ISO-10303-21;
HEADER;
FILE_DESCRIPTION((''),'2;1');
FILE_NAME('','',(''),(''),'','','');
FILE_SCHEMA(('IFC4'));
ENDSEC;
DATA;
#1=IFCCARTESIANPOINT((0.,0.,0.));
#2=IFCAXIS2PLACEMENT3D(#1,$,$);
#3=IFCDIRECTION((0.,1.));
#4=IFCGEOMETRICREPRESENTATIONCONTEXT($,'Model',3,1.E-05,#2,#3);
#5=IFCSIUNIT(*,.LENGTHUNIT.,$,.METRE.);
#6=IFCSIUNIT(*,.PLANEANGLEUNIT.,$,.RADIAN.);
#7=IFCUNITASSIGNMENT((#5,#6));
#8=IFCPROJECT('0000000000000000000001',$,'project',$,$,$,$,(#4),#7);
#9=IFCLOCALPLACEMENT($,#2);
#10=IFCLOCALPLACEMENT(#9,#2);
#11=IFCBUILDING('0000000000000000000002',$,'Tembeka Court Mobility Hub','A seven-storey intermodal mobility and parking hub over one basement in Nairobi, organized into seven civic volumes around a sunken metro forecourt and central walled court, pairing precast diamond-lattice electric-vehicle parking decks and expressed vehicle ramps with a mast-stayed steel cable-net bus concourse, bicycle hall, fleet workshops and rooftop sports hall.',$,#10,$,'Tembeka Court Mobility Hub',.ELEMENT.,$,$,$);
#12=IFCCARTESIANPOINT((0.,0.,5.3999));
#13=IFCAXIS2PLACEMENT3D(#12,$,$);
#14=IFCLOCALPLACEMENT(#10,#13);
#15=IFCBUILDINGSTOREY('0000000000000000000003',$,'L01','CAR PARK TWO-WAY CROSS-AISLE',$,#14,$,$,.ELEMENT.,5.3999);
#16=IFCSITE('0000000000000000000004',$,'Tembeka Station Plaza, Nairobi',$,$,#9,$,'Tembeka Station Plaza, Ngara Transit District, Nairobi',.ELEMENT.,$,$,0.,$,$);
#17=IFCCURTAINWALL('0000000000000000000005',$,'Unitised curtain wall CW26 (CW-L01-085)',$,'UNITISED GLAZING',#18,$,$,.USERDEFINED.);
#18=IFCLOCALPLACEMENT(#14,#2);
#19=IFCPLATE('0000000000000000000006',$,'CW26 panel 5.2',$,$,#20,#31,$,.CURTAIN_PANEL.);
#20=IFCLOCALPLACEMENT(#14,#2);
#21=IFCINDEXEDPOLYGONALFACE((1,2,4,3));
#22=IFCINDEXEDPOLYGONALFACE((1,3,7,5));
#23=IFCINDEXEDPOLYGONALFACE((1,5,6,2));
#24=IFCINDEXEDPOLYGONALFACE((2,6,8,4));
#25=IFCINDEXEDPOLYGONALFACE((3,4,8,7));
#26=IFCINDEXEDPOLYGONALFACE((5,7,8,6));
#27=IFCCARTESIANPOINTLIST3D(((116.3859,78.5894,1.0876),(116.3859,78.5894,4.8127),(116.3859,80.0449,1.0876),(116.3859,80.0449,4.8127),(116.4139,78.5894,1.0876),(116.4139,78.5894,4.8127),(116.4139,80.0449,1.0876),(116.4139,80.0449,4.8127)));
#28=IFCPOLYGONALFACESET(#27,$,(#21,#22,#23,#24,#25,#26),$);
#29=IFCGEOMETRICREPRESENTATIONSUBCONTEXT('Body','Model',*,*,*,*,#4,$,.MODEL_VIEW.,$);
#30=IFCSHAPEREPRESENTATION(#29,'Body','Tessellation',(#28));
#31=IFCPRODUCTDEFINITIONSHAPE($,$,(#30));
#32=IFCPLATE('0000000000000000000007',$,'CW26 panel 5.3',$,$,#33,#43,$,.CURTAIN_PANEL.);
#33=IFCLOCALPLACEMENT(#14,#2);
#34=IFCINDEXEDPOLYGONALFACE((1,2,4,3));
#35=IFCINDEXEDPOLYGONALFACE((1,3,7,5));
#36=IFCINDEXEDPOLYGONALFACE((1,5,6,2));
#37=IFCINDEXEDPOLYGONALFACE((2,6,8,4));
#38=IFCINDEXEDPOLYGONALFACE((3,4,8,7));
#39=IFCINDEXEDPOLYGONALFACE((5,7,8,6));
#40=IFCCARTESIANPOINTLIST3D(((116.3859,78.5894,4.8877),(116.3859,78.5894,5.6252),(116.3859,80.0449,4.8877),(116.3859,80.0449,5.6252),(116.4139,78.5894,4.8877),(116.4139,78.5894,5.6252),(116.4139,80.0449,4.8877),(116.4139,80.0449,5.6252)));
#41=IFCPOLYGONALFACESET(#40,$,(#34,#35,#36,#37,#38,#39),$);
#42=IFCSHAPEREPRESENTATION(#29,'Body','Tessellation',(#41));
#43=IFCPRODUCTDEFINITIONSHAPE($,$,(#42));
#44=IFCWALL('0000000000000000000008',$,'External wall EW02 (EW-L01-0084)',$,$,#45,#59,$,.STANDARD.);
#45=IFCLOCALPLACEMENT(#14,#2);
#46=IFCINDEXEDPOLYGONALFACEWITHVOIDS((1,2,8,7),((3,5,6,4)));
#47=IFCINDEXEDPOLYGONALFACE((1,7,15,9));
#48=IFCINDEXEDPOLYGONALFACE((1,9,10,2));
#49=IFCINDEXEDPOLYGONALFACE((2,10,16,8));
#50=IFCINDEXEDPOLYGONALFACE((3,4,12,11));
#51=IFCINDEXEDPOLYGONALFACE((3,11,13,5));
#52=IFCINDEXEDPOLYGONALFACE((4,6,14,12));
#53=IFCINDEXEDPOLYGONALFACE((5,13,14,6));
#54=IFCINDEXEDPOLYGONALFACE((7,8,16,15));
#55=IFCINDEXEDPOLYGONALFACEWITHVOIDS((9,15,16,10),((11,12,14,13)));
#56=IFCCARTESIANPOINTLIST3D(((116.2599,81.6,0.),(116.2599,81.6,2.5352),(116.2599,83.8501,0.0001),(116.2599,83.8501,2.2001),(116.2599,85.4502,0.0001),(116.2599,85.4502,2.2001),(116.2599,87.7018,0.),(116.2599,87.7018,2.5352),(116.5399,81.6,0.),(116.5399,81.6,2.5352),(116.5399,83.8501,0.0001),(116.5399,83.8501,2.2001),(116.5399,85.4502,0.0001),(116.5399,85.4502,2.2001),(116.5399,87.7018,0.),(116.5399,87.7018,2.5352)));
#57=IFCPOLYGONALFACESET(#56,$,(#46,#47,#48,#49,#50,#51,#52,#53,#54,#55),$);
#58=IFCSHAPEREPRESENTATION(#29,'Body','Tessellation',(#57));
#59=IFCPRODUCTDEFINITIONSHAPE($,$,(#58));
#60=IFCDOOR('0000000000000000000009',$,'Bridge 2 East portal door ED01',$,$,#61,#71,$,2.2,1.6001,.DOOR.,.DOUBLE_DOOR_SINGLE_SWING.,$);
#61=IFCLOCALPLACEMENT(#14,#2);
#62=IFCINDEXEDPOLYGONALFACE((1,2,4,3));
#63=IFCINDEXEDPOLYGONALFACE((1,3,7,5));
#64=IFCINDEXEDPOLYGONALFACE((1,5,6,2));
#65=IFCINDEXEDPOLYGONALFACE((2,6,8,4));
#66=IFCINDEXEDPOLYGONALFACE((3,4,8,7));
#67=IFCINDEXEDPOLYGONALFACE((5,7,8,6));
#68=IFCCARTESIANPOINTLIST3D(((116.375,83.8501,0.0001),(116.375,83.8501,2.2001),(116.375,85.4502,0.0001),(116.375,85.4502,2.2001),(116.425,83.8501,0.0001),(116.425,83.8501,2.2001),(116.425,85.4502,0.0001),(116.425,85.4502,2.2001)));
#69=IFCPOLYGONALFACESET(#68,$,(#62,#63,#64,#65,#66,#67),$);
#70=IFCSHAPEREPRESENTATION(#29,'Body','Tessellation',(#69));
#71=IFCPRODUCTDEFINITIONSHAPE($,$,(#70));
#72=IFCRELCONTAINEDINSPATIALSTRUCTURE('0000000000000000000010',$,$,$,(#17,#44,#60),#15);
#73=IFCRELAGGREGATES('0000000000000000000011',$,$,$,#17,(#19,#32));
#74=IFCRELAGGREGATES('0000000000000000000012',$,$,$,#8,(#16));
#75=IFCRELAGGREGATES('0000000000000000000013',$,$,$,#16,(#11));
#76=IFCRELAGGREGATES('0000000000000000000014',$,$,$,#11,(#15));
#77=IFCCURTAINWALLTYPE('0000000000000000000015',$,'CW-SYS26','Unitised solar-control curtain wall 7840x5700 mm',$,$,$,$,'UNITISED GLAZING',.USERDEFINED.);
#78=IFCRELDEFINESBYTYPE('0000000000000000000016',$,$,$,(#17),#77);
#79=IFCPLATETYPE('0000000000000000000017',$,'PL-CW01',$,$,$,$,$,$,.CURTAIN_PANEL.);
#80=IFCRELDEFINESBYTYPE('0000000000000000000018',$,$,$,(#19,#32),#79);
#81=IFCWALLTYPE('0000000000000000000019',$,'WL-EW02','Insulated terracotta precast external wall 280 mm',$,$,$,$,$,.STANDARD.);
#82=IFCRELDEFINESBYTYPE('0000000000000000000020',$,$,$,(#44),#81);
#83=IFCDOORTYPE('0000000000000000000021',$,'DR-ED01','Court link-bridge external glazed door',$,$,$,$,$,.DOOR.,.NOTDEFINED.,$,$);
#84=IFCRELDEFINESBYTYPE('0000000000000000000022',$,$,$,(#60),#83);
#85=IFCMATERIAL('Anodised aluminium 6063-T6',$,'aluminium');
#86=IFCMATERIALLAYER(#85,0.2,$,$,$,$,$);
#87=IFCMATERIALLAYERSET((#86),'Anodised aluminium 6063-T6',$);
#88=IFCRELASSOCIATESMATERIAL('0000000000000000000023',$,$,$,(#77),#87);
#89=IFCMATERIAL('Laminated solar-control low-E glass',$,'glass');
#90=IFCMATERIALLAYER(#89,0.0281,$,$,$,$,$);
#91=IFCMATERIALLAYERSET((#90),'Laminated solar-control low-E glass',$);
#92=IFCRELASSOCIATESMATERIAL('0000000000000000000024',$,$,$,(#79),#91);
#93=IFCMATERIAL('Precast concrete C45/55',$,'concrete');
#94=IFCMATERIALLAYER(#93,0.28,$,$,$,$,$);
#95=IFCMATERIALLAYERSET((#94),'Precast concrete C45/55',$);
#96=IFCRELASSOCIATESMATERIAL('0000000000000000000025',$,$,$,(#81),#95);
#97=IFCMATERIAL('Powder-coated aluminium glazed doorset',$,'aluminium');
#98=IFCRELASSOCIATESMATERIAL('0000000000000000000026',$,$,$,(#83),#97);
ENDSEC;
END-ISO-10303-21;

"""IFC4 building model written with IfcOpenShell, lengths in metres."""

from ifc_helpers import new_model, si_unit, direction, frame, frame_2d, origin, origin_2d, place, context, subcontext, project, spatial, rectangle, extrude, material, layer, layer_set, type_object, element, fill, aggregate, save


model = new_model("IFC4")

# Units and contexts
model_context = context("Model", 3, precision=1e-05, world=origin(), true_north=direction((0.0, 1.0)))
body_context = subcontext(model_context, "Body", "Model", "MODEL_VIEW")
ifc_project = project(units=[si_unit("LENGTHUNIT", "METRE"), si_unit("PLANEANGLEUNIT", "RADIAN")], contexts=[model_context])

# Site, building, storey
site_placement = place(None, origin())
site = spatial("IfcSite", under=ifc_project, at=site_placement, Name="Tembeka Station Plaza, Nairobi", LongName="Tembeka Station Plaza, Ngara Transit District, Nairobi", CompositionType="ELEMENT", RefElevation=0.0)
building_placement = place(site_placement, origin())
building = spatial("IfcBuilding", under=site, at=building_placement, Name="Tembeka Court Mobility Hub", Description="A seven-storey intermodal mobility and parking hub over one basement in Nairobi, organized into seven civic volumes around a sunken metro forecourt and central walled court, pairing precast diamond-lattice electric-vehicle parking decks and expressed vehicle ramps with a mast-stayed steel cable-net bus concourse, bicycle hall, fleet workshops and rooftop sports hall.", LongName="Tembeka Court Mobility Hub", CompositionType="ELEMENT")
storey_placement = place(building_placement, frame((0.0, 0.0, 5.3999)))
storey = spatial("IfcBuildingStorey", under=building, at=storey_placement, Name="L01", Description="CAR PARK TWO-WAY CROSS-AISLE", CompositionType="ELEMENT", Elevation=5.3999)

# Curtain wall
ifc_material_1 = material(Name="Anodised aluminium 6063-T6", Category="aluminium")
ifc_layer_1 = layer(ifc_material_1, 0.2)
ifc_layer_set_1 = layer_set([ifc_layer_1], Name="Anodised aluminium 6063-T6")
curtain_wall_type_1 = type_object("IfcCurtainWallType", Name="CW-SYS26", Description="Unitised solar-control curtain wall 7840x5700 mm", ElementType="UNITISED GLAZING", PredefinedType="USERDEFINED", material=ifc_layer_set_1)
curtain_wall_1_placement = place(storey_placement, origin())
curtain_wall_1 = element("IfcCurtainWall", 1, at=curtain_wall_1_placement, inside=storey, type_object=curtain_wall_type_1, Name="Unitised curtain wall CW26 (CW-L01-085)", ObjectType="UNITISED GLAZING", PredefinedType="USERDEFINED")

# Plates
ifc_material_2 = material(Name="Laminated solar-control low-E glass", Category="glass")
ifc_layer_2 = layer(ifc_material_2, 0.0281)
ifc_layer_set_2 = layer_set([ifc_layer_2], Name="Laminated solar-control low-E glass")
plate_type = type_object("IfcPlateType", Name="PL-CW01", PredefinedType="CURTAIN_PANEL", material=ifc_layer_set_2)
plate_1_placement = place(storey_placement, frame((116.3999, 79.3171, 1.0876), z_axis=(0.0, 0.0, 1.0), x_axis=(0.0, 1.0, 0.0)))
plate_1 = element("IfcPlate", 2, at=plate_1_placement, type_object=plate_type, Name="CW26 panel 5.2", PredefinedType="CURTAIN_PANEL", context=body_context, shape_type="SweptSolid", body=[
    extrude(rectangle(XDim=1.4556, YDim=0.0281, at=origin_2d()), origin(), (0.0, 0.0, 1.0), 3.7251),
])
plate_2_placement = place(storey_placement, frame((116.3999, 79.3171, 4.8877), z_axis=(0.0, 0.0, 1.0), x_axis=(0.0, 1.0, 0.0)))
plate_2 = element("IfcPlate", 3, at=plate_2_placement, type_object=plate_type, Name="CW26 panel 5.3", PredefinedType="CURTAIN_PANEL", context=body_context, shape_type="SweptSolid", body=[
    extrude(rectangle(XDim=1.4556, YDim=0.0281, at=origin_2d()), origin(), (0.0, 0.0, 1.0), 0.7375),
])
aggregate(curtain_wall_1, [plate_1, plate_2])

# Wall, opening, door
ifc_material_3 = material(Name="Precast concrete C45/55", Category="concrete")
ifc_layer_3 = layer(ifc_material_3, 0.28)
ifc_layer_set_3 = layer_set([ifc_layer_3], Name="Precast concrete C45/55")
wall_type = type_object("IfcWallType", Name="WL-EW02", Description="Insulated terracotta precast external wall 280 mm", PredefinedType="STANDARD", material=ifc_layer_set_3)
wall_placement = place(storey_placement, frame((116.3999, 81.6001, 0.0), z_axis=(0.0, 0.0, 1.0), x_axis=(0.0, 1.0, 0.0)))
wall = element("IfcWall", 4, at=wall_placement, inside=storey, type_object=wall_type, Name="External wall EW02 (EW-L01-0084)", PredefinedType="STANDARD", context=body_context, shape_type="SweptSolid", body=[
    extrude(rectangle(XDim=6.1018, YDim=0.28, at=frame_2d((3.0508, 0.0))), origin(), (0.0, 0.0, 1.0), 2.5352),
])
opening_placement = place(wall_placement, frame((2.25, 0.0, 0.0)))
opening = element("IfcOpeningElement", 5, at=opening_placement, cuts=wall, PredefinedType="OPENING", context=body_context, shape_type="SweptSolid", body=[
    extrude(rectangle(XDim=1.6001, YDim=2.2, at=frame_2d((0.8, 1.1001))), frame((0.0, 0.1499, 0.0), z_axis=(0.0, -1.0, 0.0), x_axis=(1.0, 0.0, 0.0)), (0.0, 0.0, 1.0), 0.3),
])
ifc_material_4 = material(Name="Powder-coated aluminium glazed doorset", Category="aluminium")
door_type = type_object("IfcDoorType", Name="DR-ED01", Description="Court link-bridge external glazed door", OperationType="NOTDEFINED", PredefinedType="DOOR", material=ifc_material_4)
door_placement = place(opening_placement, origin())
door = element("IfcDoor", 6, at=door_placement, inside=storey, type_object=door_type, Name="Bridge 2 East portal door ED01", OperationType="DOUBLE_DOOR_SINGLE_SWING", OverallHeight=2.2, OverallWidth=1.6001, PredefinedType="DOOR", context=body_context, shape_type="SweptSolid", body=[
    extrude(rectangle(XDim=1.6001, YDim=2.2, at=frame_2d((0.8, 1.1001))), frame((0.0, 0.0249, 0.0), z_axis=(0.0, -1.0, 0.0), x_axis=(1.0, 0.0, 0.0)), (0.0, 0.0, 1.0), 0.05),
])
fill(opening, door)

save(model, "model.ifc")
